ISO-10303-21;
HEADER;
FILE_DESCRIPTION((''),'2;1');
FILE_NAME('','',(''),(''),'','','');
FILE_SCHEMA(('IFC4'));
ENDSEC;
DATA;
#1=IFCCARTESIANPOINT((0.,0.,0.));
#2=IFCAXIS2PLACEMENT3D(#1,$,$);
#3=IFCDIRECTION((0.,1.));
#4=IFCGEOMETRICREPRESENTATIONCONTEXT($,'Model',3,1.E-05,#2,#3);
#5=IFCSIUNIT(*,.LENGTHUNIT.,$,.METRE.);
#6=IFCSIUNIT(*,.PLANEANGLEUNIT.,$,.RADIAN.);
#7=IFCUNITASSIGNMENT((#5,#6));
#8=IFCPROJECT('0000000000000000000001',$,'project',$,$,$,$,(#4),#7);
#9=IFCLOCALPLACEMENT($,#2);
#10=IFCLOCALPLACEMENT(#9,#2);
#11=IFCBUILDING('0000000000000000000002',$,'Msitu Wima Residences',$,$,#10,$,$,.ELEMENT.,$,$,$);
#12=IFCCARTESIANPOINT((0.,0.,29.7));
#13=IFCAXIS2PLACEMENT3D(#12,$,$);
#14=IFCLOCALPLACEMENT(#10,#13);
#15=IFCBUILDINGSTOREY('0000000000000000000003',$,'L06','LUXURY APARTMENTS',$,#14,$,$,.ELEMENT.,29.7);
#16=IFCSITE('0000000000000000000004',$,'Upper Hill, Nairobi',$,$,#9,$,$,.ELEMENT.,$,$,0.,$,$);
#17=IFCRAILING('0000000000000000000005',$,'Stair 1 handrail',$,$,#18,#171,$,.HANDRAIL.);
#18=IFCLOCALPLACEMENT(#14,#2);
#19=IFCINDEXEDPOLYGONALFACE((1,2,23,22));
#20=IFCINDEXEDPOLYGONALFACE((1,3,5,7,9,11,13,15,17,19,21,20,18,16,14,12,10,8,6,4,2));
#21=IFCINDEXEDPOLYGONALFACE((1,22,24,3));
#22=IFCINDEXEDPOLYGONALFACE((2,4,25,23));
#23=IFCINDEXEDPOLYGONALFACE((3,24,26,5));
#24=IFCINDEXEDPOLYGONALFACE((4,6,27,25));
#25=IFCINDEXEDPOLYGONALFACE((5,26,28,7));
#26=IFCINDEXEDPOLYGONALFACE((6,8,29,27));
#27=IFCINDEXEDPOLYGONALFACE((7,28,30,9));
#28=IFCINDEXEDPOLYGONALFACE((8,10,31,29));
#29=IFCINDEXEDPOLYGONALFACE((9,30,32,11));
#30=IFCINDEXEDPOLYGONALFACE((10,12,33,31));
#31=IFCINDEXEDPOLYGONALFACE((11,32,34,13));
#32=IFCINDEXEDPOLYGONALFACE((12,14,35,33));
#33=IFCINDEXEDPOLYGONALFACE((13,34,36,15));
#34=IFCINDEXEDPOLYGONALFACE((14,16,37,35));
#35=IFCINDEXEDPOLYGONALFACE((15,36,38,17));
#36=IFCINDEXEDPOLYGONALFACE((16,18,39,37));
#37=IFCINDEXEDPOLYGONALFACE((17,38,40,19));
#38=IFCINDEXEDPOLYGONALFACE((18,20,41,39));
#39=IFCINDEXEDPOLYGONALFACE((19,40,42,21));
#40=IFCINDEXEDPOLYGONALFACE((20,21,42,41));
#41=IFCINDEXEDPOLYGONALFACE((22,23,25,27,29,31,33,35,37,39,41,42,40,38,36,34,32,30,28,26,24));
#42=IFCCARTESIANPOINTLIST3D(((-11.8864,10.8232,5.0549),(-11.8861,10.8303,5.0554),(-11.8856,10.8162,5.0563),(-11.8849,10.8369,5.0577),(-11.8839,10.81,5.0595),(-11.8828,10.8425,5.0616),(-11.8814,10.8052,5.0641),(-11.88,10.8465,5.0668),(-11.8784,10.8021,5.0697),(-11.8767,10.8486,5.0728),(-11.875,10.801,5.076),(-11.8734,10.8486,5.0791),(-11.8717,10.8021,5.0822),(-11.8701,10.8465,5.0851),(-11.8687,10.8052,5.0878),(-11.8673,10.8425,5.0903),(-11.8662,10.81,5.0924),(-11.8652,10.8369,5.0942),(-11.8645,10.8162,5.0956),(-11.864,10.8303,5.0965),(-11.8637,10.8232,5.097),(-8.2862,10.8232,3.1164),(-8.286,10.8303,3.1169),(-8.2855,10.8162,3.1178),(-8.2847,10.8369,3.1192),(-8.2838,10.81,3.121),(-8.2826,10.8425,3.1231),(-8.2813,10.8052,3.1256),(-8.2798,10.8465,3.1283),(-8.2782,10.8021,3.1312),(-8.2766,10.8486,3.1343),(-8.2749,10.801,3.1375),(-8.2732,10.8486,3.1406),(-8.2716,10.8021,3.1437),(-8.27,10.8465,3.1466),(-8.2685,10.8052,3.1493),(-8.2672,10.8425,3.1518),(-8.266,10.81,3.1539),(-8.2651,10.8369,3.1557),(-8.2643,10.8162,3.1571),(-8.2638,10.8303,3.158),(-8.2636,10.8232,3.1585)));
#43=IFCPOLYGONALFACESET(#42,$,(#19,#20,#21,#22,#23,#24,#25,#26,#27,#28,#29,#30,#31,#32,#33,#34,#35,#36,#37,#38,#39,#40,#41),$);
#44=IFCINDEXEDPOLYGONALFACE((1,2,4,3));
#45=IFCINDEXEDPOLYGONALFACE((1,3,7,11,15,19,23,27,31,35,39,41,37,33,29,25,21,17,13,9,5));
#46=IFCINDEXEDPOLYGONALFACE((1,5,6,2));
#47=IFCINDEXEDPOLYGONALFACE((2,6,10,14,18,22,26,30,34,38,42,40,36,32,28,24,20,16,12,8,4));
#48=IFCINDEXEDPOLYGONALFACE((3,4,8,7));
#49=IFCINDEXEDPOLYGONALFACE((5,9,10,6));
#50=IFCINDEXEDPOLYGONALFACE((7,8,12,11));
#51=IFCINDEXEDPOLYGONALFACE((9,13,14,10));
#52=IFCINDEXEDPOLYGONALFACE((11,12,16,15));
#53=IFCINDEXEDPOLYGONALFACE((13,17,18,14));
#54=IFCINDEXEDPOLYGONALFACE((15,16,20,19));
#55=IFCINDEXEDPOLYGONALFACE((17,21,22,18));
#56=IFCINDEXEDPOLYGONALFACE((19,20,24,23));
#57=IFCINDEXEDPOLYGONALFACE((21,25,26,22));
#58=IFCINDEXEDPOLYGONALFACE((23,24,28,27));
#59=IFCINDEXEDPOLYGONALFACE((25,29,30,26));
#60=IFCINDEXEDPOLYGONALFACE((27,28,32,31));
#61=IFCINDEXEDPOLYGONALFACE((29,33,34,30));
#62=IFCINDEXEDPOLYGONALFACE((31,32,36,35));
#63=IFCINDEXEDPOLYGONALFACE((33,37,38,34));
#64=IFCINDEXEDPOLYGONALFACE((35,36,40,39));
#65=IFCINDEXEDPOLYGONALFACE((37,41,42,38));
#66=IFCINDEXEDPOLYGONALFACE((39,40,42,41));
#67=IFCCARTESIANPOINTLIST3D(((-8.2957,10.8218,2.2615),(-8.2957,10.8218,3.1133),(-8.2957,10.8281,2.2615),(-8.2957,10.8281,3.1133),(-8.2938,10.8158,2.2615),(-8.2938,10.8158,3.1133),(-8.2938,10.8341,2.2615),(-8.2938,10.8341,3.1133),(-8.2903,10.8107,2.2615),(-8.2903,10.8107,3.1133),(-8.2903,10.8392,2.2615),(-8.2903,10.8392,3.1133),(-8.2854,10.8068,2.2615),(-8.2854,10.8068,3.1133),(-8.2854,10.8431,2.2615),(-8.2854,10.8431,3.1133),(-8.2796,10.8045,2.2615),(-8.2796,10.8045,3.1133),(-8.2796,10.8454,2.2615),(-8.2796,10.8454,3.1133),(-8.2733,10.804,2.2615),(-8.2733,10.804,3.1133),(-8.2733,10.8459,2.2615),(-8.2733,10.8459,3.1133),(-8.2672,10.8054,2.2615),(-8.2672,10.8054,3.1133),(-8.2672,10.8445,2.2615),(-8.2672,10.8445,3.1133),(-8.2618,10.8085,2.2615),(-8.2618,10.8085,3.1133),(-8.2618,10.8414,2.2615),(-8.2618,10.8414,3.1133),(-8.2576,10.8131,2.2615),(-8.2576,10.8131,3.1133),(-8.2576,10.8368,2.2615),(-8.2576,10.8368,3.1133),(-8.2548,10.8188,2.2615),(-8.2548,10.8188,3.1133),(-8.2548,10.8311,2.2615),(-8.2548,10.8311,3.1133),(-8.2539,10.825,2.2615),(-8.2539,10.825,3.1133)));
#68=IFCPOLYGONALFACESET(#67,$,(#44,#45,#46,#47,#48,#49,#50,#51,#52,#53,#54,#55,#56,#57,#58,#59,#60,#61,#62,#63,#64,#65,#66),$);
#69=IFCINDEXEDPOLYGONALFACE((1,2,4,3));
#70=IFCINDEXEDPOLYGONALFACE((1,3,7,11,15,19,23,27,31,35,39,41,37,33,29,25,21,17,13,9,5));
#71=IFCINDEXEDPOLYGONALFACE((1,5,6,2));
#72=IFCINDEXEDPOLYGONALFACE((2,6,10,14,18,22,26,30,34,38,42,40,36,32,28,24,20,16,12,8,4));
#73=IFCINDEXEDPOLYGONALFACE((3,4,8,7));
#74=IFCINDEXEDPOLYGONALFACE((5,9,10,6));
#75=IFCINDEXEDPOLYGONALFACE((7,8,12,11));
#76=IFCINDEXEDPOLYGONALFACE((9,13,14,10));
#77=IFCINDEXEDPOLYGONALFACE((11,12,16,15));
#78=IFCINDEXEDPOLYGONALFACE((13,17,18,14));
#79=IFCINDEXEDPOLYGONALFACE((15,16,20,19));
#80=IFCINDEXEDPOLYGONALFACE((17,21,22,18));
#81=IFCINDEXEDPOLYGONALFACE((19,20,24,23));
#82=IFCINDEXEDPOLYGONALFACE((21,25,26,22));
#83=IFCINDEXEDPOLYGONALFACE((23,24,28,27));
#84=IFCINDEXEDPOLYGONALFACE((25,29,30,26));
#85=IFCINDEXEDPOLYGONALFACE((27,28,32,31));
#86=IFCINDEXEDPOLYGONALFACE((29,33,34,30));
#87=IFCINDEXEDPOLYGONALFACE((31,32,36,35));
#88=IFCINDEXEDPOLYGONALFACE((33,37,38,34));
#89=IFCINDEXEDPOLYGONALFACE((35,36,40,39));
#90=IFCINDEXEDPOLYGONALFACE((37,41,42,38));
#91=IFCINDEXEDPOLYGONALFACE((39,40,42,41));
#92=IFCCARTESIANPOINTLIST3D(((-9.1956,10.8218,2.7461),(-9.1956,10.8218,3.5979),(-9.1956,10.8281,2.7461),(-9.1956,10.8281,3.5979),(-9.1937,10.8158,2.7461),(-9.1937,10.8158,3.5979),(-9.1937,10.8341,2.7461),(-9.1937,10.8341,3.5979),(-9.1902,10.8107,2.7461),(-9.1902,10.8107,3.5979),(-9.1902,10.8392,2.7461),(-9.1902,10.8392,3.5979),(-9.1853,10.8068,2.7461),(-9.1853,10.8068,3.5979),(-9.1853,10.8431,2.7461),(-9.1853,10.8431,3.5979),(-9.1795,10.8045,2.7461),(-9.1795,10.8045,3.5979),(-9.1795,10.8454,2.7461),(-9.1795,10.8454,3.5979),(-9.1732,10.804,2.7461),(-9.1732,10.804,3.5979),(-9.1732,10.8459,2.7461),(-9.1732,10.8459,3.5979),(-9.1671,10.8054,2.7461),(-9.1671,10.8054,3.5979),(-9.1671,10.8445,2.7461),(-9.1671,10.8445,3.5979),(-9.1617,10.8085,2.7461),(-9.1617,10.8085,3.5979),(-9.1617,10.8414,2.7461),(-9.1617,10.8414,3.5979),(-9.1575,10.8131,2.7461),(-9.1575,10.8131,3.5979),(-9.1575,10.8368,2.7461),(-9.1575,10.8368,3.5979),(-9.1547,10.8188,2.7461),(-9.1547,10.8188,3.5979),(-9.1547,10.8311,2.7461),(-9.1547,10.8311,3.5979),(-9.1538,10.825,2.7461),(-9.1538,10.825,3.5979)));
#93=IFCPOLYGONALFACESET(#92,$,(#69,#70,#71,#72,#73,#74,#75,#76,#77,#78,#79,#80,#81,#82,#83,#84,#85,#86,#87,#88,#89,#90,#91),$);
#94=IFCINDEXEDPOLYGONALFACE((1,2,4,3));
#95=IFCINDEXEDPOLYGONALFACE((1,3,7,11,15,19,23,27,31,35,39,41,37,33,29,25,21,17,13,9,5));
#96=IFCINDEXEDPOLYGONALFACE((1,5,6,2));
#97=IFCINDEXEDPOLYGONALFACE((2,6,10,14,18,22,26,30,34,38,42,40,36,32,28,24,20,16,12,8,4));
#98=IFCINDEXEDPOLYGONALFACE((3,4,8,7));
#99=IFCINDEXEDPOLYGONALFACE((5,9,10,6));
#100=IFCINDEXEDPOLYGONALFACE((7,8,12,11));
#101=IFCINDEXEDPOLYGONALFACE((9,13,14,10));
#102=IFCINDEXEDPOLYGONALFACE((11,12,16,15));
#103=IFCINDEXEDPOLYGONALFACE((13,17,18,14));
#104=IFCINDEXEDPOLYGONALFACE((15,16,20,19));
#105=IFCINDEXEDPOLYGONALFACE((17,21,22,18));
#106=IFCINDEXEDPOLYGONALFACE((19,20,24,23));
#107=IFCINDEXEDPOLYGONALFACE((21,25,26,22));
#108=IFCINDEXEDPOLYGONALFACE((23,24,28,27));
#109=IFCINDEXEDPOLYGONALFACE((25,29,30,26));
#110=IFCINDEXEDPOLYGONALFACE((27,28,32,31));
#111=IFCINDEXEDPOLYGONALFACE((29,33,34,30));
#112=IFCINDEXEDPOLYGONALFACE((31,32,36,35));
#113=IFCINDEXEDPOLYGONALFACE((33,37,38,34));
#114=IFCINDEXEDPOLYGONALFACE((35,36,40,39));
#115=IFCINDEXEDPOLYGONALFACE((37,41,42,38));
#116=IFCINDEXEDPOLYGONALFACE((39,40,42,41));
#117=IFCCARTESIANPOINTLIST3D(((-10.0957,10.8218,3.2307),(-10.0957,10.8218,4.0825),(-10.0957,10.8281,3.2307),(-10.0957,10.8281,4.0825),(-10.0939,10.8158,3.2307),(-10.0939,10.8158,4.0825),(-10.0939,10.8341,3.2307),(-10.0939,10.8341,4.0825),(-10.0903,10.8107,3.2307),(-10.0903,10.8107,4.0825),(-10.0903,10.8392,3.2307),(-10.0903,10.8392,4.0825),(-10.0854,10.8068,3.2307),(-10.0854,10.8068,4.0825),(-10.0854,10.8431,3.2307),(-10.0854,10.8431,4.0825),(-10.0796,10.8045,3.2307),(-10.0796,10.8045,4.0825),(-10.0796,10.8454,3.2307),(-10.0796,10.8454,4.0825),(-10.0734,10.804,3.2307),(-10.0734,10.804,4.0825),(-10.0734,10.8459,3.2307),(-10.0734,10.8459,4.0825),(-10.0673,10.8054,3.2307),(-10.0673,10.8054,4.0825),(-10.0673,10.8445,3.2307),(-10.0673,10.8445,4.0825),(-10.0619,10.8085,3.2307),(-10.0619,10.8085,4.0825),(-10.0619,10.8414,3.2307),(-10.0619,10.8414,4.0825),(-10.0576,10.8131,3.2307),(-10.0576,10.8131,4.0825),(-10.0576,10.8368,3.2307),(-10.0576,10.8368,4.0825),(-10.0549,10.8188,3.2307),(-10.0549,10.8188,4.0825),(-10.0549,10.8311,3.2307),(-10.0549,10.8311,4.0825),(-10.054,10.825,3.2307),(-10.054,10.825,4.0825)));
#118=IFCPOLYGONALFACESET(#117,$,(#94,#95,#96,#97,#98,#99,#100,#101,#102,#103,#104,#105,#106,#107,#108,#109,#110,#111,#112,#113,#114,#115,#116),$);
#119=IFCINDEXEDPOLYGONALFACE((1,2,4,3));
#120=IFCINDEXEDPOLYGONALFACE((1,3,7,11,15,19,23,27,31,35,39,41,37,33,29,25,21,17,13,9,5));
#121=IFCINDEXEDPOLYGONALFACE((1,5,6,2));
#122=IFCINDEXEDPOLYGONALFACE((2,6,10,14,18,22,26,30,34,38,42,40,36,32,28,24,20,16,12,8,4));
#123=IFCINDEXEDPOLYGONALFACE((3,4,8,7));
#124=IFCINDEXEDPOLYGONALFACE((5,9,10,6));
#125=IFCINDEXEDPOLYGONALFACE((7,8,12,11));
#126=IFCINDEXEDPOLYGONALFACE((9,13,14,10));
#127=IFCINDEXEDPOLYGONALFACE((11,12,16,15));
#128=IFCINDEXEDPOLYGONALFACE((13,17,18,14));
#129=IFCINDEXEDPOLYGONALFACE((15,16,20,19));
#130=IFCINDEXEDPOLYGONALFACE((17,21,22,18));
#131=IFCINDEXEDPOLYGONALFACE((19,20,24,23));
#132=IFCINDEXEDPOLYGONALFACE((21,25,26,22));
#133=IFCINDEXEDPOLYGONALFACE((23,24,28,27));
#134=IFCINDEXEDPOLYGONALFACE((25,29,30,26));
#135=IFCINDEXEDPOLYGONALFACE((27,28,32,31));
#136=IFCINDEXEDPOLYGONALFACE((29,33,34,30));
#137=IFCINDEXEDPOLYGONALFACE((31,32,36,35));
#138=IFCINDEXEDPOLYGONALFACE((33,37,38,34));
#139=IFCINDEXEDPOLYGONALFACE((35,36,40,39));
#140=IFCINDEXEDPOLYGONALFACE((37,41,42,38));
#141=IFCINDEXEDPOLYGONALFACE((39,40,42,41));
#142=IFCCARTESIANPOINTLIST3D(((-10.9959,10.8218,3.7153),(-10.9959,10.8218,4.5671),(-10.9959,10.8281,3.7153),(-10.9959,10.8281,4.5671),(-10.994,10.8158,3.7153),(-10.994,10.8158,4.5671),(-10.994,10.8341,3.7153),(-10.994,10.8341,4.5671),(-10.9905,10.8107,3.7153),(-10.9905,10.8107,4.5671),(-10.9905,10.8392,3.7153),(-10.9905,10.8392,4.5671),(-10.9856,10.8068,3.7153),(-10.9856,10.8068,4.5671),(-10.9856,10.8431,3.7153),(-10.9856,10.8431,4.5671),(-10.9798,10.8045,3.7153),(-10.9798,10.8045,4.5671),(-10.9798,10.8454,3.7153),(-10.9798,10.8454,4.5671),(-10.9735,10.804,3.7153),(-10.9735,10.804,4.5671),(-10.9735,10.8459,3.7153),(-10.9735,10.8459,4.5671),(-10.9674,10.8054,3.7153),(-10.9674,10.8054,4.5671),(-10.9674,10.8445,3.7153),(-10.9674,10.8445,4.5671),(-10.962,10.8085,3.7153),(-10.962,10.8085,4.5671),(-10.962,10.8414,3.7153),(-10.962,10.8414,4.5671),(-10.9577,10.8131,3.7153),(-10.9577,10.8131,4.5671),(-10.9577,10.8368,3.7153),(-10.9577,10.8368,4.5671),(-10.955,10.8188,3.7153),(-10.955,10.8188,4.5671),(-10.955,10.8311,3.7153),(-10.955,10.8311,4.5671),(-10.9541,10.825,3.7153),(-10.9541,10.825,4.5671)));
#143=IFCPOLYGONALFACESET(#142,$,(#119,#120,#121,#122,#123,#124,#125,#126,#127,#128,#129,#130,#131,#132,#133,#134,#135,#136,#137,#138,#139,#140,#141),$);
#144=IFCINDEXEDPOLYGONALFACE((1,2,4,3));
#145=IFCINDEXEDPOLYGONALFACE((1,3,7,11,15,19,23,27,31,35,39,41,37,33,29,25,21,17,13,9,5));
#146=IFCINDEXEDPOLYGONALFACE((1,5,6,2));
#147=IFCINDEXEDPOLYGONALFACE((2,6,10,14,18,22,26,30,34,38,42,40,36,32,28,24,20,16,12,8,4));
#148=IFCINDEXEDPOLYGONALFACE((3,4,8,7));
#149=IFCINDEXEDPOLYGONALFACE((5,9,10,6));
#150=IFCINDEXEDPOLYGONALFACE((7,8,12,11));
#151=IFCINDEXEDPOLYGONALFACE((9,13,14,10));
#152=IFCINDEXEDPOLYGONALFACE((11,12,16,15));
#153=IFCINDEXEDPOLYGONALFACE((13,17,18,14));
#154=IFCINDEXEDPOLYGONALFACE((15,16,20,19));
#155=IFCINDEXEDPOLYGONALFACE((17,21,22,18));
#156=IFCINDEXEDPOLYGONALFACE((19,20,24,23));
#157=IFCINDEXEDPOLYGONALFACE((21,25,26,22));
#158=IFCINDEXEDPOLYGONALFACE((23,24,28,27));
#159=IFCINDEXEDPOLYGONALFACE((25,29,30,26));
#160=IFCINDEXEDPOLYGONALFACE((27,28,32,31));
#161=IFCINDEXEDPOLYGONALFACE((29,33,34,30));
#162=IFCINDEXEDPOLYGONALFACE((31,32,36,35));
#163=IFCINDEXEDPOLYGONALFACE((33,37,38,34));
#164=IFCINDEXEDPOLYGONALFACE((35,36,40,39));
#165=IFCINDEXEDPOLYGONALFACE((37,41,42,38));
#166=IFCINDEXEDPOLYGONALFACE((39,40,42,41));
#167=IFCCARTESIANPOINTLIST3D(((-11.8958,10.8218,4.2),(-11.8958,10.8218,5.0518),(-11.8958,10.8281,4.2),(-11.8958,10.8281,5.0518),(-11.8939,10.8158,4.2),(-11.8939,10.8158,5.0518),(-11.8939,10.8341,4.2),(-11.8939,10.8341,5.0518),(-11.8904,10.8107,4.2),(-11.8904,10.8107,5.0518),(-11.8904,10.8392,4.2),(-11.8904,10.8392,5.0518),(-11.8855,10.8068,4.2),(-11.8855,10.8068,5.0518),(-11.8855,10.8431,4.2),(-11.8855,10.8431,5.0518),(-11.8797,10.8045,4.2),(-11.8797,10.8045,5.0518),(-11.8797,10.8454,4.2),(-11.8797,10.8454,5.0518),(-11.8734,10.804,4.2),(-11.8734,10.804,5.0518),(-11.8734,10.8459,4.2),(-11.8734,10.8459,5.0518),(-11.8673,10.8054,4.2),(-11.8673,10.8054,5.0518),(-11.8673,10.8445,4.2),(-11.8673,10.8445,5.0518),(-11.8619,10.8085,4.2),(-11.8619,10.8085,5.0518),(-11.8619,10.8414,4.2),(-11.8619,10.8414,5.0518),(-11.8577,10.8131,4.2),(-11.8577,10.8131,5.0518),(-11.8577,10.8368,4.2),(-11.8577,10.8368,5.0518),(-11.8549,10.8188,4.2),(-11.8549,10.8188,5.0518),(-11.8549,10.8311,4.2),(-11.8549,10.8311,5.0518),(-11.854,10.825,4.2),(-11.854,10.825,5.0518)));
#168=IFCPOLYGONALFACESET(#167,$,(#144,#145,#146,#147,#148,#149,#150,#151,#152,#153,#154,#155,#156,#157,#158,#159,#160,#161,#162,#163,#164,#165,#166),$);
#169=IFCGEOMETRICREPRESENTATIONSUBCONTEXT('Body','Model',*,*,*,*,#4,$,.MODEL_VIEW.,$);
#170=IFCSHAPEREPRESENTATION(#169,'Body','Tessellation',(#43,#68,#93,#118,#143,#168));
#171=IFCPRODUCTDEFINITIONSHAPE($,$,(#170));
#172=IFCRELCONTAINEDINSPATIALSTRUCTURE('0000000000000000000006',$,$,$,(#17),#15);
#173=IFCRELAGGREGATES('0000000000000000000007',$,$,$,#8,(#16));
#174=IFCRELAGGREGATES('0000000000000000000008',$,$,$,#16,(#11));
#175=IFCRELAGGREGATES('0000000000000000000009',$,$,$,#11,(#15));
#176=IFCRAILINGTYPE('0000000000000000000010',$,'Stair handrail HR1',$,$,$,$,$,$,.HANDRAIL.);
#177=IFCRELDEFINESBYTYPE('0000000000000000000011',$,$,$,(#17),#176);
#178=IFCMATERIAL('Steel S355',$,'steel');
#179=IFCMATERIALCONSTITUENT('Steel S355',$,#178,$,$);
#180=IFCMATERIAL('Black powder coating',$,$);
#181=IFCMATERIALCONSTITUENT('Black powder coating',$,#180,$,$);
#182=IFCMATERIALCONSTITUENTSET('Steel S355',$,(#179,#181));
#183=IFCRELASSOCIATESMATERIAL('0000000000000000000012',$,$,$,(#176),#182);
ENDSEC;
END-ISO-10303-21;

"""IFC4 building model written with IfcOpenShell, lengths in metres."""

from ifc_helpers import new_model, si_unit, direction, frame, origin, origin_2d, place, context, subcontext, project, spatial, circle, extrude, material, constituent, constituent_set, type_object, element, save


model = new_model("IFC4")

# Units and contexts
model_context = context("Model", 3, precision=1e-05, world=origin(), true_north=direction((0.0, 1.0)))
body_context = subcontext(model_context, "Body", "Model", "MODEL_VIEW")
ifc_project = project(units=[si_unit("LENGTHUNIT", "METRE"), si_unit("PLANEANGLEUNIT", "RADIAN")], contexts=[model_context])

# Site, building, storey
site_placement = place(None, origin())
site = spatial("IfcSite", under=ifc_project, at=site_placement, Name="Upper Hill, Nairobi", CompositionType="ELEMENT", RefElevation=0.0)
building_placement = place(site_placement, origin())
building = spatial("IfcBuilding", under=site, at=building_placement, Name="Msitu Wima Residences", CompositionType="ELEMENT")
storey_placement = place(building_placement, frame((0.0, 0.0, 29.7)))
storey = spatial("IfcBuildingStorey", under=building, at=storey_placement, Name="L06", Description="LUXURY APARTMENTS", CompositionType="ELEMENT", Elevation=29.7)

# Railing
ifc_material_1 = material(Name="Steel S355", Category="steel")
ifc_constituent_1 = constituent(ifc_material_1, Name="Steel S355")
ifc_material_2 = material(Name="Black powder coating")
ifc_constituent_2 = constituent(ifc_material_2, Name="Black powder coating")
ifc_constituent_set_1 = constituent_set(constituents=[ifc_constituent_1, ifc_constituent_2], Name="Steel S355")
railing_type_1 = type_object("IfcRailingType", Name="Stair handrail HR1", PredefinedType="HANDRAIL", material=ifc_constituent_set_1)
for number, where, name in (
    (1, (-8.2749, 10.825, 2.2615), "Stair 1 handrail"),
):
    element("IfcRailing", number, at=place(storey_placement, frame(where)), inside=storey, type_object=railing_type_1, Name=name, PredefinedType="HANDRAIL", context=body_context, shape_type="SweptSolid", body=[
        extrude(circle(Radius=0.0239, at=origin_2d()), frame((0.0, 0.0, 0.876), z_axis=(-0.880475, 0.0, 0.474093), x_axis=(0.0, -1.0, 0.0)), (0.0, 0.0, 1.0), 4.0889),
        extrude(circle(Radius=0.021, at=origin_2d()), origin(), (0.0, 0.0, 1.0), 0.8518),
        extrude(circle(Radius=0.021, at=origin_2d()), frame((-0.8999, 0.0, 0.4846)), (0.0, 0.0, 1.0), 0.8518),
        extrude(circle(Radius=0.021, at=origin_2d()), frame((-1.8, 0.0, 0.9692)), (0.0, 0.0, 1.0), 0.8518),
        extrude(circle(Radius=0.021, at=origin_2d()), frame((-2.7002, 0.0, 1.4539)), (0.0, 0.0, 1.0), 0.8518),
        extrude(circle(Radius=0.021, at=origin_2d()), frame((-3.6001, 0.0, 1.9385)), (0.0, 0.0, 1.0), 0.8518),
    ])

save(model, "model.ifc")
